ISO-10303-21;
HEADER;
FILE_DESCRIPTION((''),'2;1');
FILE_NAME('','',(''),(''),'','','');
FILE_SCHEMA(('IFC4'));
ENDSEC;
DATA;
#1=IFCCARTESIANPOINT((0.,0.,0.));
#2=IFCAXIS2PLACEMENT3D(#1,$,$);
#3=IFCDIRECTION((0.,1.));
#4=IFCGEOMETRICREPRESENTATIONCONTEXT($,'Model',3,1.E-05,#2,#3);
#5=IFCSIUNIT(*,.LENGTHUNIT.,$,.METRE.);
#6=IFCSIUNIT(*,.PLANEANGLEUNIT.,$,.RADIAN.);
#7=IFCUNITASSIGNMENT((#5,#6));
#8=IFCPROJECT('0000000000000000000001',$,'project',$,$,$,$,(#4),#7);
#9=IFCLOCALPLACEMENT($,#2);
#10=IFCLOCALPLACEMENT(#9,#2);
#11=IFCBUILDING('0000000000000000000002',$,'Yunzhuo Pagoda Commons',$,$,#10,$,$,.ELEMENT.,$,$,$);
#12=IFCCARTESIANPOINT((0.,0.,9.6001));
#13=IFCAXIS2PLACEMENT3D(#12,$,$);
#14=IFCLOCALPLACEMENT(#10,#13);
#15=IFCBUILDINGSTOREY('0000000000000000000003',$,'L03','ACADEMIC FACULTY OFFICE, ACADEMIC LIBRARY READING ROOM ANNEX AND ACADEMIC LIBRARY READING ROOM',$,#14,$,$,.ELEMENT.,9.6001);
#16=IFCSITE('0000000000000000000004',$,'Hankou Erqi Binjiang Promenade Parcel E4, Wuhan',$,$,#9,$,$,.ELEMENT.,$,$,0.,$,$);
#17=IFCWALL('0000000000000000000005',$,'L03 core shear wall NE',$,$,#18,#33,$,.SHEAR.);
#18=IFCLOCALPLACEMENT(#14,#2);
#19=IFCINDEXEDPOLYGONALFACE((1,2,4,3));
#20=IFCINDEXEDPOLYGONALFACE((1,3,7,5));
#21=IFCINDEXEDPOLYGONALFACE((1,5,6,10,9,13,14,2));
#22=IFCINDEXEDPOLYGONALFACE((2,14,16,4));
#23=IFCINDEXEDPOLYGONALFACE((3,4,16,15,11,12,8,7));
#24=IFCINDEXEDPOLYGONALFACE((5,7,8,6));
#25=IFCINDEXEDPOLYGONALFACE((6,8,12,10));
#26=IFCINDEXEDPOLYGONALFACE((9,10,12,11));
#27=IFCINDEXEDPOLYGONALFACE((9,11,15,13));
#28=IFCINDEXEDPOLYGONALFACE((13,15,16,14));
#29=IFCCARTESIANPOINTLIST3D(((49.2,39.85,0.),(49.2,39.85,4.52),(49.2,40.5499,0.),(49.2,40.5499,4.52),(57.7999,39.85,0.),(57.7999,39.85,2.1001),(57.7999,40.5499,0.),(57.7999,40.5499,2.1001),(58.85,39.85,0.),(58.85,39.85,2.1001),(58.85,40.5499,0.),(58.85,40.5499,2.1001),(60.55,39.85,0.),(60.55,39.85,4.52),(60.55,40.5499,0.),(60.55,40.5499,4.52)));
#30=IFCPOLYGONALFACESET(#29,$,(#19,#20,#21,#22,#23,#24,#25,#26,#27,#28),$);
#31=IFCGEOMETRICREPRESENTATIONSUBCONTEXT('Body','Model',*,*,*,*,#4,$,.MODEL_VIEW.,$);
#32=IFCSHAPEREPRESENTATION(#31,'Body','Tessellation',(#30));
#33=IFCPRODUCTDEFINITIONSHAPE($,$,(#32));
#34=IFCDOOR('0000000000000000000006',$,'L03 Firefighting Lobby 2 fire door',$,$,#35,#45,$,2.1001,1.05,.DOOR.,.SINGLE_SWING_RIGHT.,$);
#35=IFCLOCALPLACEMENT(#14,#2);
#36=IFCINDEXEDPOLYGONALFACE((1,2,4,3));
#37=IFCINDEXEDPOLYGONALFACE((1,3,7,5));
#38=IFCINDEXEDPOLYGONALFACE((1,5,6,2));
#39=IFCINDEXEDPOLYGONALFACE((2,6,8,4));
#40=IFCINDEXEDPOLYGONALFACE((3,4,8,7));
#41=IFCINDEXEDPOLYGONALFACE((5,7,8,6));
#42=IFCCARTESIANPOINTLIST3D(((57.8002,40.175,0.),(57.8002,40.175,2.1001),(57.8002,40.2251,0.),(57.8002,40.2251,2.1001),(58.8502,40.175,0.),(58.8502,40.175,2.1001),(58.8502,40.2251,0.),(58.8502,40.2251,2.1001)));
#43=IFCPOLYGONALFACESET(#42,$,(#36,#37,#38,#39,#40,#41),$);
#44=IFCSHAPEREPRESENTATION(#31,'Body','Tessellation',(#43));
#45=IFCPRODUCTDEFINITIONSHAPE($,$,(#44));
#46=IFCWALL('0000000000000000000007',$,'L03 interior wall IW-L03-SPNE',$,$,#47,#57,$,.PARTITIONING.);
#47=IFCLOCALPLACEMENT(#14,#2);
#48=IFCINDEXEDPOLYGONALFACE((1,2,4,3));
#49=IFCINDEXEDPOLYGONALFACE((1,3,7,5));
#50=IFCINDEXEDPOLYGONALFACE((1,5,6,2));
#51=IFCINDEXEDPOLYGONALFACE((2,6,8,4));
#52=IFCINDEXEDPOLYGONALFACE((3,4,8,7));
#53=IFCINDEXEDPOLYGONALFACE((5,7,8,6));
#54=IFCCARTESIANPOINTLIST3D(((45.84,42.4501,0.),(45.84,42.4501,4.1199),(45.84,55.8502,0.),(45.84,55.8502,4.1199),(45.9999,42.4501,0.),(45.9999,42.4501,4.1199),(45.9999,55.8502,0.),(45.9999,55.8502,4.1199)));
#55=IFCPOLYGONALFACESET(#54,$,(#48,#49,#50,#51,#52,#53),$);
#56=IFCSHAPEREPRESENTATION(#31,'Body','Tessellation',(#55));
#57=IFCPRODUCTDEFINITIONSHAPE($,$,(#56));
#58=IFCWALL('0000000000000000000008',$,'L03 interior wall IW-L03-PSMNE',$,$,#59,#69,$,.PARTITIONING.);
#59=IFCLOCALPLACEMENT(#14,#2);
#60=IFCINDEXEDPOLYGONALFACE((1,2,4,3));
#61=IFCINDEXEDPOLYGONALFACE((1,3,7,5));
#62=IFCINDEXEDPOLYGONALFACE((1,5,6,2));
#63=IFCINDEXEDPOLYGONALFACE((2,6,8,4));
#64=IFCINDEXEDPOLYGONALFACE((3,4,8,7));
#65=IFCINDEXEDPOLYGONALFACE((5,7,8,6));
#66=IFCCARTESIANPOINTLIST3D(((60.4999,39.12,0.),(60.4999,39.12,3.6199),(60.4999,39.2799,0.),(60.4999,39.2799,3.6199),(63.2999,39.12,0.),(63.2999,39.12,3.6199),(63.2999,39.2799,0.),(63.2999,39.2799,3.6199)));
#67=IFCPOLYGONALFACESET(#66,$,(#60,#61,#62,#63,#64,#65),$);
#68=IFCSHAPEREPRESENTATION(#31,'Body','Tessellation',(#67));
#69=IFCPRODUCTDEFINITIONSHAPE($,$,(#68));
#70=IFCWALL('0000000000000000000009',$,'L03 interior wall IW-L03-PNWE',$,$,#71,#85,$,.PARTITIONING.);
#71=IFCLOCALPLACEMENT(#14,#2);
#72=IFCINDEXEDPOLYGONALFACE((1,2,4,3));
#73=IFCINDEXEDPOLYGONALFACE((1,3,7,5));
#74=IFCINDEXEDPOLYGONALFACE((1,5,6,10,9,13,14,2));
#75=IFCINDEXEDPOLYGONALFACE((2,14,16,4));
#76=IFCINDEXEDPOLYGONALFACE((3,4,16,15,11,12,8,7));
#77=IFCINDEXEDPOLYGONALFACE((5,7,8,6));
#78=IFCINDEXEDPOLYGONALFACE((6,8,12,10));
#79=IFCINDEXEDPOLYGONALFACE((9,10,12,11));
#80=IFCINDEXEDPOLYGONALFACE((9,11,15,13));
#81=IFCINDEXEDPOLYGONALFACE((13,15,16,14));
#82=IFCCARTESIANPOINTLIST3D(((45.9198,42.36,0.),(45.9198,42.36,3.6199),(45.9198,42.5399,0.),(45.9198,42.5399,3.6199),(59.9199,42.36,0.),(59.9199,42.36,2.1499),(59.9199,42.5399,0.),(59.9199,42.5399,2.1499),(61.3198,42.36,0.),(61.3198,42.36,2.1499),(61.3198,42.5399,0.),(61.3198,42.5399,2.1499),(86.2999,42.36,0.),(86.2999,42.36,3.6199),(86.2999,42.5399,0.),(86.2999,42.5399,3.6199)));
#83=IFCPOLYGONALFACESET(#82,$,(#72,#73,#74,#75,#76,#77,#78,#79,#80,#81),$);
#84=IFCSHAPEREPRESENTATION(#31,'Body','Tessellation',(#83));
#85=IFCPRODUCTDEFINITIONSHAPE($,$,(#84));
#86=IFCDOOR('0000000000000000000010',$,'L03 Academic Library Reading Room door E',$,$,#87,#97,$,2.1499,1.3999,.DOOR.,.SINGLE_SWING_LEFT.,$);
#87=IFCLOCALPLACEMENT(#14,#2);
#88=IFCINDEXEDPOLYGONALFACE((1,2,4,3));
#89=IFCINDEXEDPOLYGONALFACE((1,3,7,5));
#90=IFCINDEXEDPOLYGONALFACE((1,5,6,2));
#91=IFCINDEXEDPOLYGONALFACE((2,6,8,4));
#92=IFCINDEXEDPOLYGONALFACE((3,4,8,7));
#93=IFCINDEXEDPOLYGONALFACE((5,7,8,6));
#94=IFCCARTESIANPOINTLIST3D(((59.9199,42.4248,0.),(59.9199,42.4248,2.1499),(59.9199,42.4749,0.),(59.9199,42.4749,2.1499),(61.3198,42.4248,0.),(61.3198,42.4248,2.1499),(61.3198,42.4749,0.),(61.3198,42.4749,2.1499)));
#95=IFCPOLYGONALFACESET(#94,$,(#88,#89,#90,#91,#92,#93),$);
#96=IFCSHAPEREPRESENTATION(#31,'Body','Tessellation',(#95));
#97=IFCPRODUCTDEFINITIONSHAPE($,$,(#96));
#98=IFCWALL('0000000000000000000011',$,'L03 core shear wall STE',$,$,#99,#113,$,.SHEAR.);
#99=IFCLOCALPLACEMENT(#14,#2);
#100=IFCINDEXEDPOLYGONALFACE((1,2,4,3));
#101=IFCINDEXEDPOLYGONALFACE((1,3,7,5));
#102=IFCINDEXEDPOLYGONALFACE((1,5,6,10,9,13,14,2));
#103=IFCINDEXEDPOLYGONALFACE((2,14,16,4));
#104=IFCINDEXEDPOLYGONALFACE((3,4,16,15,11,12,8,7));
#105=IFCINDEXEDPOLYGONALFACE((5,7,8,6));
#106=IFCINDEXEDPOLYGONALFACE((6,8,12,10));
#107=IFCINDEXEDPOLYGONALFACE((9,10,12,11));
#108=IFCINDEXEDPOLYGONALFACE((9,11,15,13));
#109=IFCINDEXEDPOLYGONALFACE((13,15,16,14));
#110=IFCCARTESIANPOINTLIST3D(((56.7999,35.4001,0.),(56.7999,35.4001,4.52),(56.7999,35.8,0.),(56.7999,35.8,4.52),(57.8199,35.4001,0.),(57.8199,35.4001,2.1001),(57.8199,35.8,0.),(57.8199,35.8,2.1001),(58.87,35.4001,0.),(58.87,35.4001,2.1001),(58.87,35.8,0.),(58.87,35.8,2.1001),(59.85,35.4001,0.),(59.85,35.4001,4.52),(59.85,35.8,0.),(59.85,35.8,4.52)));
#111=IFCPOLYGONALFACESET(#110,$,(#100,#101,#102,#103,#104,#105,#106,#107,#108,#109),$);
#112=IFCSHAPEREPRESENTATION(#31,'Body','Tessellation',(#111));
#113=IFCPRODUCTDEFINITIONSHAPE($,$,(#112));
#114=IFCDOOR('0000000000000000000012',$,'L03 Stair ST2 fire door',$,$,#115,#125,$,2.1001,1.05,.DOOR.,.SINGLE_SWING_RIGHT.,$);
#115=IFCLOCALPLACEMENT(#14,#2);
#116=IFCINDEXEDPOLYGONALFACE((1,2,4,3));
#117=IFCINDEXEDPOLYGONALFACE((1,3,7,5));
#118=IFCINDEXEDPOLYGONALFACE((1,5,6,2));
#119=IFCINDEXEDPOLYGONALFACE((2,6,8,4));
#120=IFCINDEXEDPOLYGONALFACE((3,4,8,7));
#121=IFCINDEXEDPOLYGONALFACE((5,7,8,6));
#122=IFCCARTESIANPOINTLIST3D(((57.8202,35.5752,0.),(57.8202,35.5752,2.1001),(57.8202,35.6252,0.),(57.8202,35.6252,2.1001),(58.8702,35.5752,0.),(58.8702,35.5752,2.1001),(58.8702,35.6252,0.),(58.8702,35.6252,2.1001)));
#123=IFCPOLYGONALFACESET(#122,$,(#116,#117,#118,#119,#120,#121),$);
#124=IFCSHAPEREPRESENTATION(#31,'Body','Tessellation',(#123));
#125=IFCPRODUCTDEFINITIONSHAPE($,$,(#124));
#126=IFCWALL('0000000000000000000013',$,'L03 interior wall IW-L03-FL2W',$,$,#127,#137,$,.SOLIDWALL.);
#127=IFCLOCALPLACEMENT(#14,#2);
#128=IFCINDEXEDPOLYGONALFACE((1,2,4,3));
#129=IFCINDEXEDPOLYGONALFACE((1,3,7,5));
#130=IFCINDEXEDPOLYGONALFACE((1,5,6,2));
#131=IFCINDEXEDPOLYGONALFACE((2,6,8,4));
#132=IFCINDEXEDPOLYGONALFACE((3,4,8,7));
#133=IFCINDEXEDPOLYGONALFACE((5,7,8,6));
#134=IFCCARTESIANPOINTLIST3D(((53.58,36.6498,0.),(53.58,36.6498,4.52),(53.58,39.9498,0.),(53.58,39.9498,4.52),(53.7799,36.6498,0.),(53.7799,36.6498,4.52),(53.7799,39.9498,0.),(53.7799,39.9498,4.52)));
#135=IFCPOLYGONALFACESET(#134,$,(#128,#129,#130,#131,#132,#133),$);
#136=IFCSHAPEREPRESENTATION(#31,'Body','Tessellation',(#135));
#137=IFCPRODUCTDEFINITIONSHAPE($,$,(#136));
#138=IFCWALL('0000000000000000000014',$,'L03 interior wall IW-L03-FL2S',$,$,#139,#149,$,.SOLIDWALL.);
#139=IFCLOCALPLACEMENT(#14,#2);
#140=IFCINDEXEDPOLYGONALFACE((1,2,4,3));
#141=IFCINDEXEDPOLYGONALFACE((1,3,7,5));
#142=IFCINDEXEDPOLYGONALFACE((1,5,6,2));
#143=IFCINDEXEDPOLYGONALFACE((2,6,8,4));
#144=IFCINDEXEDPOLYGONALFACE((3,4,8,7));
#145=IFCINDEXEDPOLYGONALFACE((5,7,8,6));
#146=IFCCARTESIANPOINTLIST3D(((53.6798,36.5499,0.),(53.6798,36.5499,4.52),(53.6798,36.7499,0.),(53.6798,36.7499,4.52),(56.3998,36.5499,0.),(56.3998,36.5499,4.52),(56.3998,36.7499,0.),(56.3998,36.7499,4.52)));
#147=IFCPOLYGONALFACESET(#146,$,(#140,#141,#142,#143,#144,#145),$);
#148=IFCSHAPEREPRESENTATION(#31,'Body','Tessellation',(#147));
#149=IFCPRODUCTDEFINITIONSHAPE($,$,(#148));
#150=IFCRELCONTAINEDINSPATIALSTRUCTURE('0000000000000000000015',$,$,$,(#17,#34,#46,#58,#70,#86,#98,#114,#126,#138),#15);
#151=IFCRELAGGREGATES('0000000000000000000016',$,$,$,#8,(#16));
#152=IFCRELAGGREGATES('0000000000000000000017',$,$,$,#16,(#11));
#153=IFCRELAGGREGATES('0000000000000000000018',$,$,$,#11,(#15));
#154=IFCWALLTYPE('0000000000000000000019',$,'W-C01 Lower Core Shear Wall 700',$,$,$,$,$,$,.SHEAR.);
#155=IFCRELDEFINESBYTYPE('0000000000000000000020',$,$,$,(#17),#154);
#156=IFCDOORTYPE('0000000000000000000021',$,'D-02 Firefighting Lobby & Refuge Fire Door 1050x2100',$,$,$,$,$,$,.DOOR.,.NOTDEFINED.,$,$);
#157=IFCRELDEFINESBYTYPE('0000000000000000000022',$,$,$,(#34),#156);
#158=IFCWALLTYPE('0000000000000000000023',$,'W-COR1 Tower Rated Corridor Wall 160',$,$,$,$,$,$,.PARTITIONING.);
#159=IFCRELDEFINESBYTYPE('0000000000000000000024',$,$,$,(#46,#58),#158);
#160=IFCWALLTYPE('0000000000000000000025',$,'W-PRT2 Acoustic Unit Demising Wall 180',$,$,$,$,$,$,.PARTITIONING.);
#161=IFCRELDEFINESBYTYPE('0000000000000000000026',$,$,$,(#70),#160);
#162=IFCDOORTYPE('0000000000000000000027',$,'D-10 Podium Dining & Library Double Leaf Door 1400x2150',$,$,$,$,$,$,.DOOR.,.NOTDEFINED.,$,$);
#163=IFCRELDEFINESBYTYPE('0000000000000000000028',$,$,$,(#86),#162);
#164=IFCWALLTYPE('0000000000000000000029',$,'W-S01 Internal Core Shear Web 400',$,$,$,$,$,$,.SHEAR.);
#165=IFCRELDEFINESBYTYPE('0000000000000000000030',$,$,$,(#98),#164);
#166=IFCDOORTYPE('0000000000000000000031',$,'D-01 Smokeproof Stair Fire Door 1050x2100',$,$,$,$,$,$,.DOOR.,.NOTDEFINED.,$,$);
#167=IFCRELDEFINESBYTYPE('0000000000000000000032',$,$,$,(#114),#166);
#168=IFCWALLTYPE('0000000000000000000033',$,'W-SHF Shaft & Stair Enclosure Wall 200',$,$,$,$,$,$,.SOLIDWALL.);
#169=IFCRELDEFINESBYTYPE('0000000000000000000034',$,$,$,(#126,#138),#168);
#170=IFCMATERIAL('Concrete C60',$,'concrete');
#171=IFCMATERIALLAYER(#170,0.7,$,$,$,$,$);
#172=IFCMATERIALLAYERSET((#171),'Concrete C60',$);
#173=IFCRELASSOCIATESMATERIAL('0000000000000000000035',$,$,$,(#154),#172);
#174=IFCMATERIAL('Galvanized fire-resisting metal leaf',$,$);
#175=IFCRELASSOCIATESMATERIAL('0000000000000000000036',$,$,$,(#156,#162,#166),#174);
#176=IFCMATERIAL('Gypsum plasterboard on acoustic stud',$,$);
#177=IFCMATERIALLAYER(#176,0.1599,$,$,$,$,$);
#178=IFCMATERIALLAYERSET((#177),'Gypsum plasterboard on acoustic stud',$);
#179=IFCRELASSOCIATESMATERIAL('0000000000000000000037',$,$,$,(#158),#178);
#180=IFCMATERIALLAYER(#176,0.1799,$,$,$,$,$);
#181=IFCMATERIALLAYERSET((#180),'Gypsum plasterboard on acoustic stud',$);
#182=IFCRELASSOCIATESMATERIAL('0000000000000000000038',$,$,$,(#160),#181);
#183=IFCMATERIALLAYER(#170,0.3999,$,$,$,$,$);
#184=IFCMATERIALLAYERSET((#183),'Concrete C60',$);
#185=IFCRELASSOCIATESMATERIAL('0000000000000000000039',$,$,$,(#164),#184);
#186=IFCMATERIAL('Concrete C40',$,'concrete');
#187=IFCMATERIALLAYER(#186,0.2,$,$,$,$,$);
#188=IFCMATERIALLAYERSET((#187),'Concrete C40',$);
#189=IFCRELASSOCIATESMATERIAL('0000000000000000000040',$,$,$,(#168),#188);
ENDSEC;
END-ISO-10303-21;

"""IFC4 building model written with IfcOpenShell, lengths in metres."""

from ifc_helpers import new_model, si_unit, direction, frame, frame_2d, origin, origin_with_axes, place, context, subcontext, project, spatial, rectangle, extrude, source, transform, mapped, material, layer, layer_set, type_object, element, fill, save


model = new_model("IFC4")

# Units and contexts
model_context = context("Model", 3, precision=1e-05, world=origin(), true_north=direction((0.0, 1.0)))
body_context = subcontext(model_context, "Body", "Model", "MODEL_VIEW")
ifc_project = project(units=[si_unit("LENGTHUNIT", "METRE"), si_unit("PLANEANGLEUNIT", "RADIAN")], contexts=[model_context])

# Site, building, storey
site_placement = place(None, origin())
site = spatial("IfcSite", under=ifc_project, at=site_placement, Name="Hankou Erqi Binjiang Promenade Parcel E4, Wuhan", CompositionType="ELEMENT", RefElevation=0.0)
building_placement = place(site_placement, origin())
building = spatial("IfcBuilding", under=site, at=building_placement, Name="Yunzhuo Pagoda Commons", CompositionType="ELEMENT")
storey_placement = place(building_placement, frame((0.0, 0.0, 9.6001)))
storey = spatial("IfcBuildingStorey", under=building, at=storey_placement, Name="L03", Description="ACADEMIC FACULTY OFFICE, ACADEMIC LIBRARY READING ROOM ANNEX AND ACADEMIC LIBRARY READING ROOM", CompositionType="ELEMENT", Elevation=9.6001)

# Wall, opening, door
ifc_material_1 = material(Name="Concrete C60", Category="concrete")
ifc_layer_1 = layer(ifc_material_1, 0.7)
ifc_layer_set_1 = layer_set([ifc_layer_1], Name="Concrete C60")
wall_type_1 = type_object("IfcWallType", Name="W-C01 Lower Core Shear Wall 700", PredefinedType="SHEAR", material=ifc_layer_set_1)
wall_1_placement = place(storey_placement, frame((49.2, 40.2, 0.0), z_axis=(0.0, 0.0, 1.0), x_axis=(1.0, 0.0, 0.0)))
wall_1 = element("IfcWall", 1, at=wall_1_placement, inside=storey, type_object=wall_type_1, Name="L03 core shear wall NE", PredefinedType="SHEAR", context=body_context, shape_type="SweptSolid", body=[
    extrude(rectangle(XDim=11.3501, YDim=0.7, at=frame_2d((5.675, 0.0))), origin(), (0.0, 0.0, 1.0), 4.52),
])
opening_1_placement = place(wall_1_placement, frame((8.6001, 0.0, 0.0)))
opening_1 = element("IfcOpeningElement", 2, at=opening_1_placement, cuts=wall_1, PredefinedType="OPENING", context=body_context, shape_type="SweptSolid", body=[
    extrude(rectangle(XDim=1.05, YDim=2.1001, at=frame_2d((0.5249, 1.05))), frame((0.0, 0.3599, 0.0), z_axis=(0.0, -1.0, 0.0), x_axis=(1.0, 0.0, 0.0)), (0.0, 0.0, 1.0), 0.72),
])
ifc_material_2 = material(Name="Galvanized fire-resisting metal leaf")
door_type_1 = type_object("IfcDoorType", Name="D-02 Firefighting Lobby & Refuge Fire Door 1050x2100", OperationType="NOTDEFINED", PredefinedType="DOOR", material=ifc_material_2)
shared_shape_1 = source(origin(), body_context, "Body", "SweptSolid", [
    extrude(rectangle(XDim=1.05, YDim=2.1001, at=frame_2d((0.5249, 1.05))), frame((0.0, 0.0249, 0.0), z_axis=(0.0, -1.0, 0.0), x_axis=(1.0, 0.0, 0.0)), (0.0, 0.0, 1.0), 0.05),
])
door_1_placement = place(opening_1_placement, frame((1.05, 0.0, 0.0), z_axis=(0.0, 0.0, 1.0), x_axis=(-1.0, 0.0, 0.0)))
door_1 = element("IfcDoor", 3, at=door_1_placement, inside=storey, type_object=door_type_1, Name="L03 Firefighting Lobby 2 fire door", OperationType="SINGLE_SWING_RIGHT", OverallHeight=2.1001, OverallWidth=1.05, PredefinedType="DOOR", context=body_context, shape_type="MappedRepresentation", body=[
    mapped(shared_shape_1, transform((0.0, 0.0, 0.0), scale=1.0)),
])
fill(opening_1, door_1)

# Walls
ifc_material_3 = material(Name="Gypsum plasterboard on acoustic stud")
ifc_layer_2 = layer(ifc_material_3, 0.1599)
ifc_layer_set_2 = layer_set([ifc_layer_2], Name="Gypsum plasterboard on acoustic stud")
wall_type_2 = type_object("IfcWallType", Name="W-COR1 Tower Rated Corridor Wall 160", PredefinedType="PARTITIONING", material=ifc_layer_set_2)
wall_2_placement = place(storey_placement, frame((45.9199, 42.45, 0.0), z_axis=(0.0, 0.0, 1.0), x_axis=(0.0, 1.0, 0.0)))
element("IfcWall", 4, at=wall_2_placement, inside=storey, type_object=wall_type_2, Name="L03 interior wall IW-L03-SPNE", PredefinedType="PARTITIONING", context=body_context, shape_type="SweptSolid", body=[
    extrude(rectangle(XDim=13.4001, YDim=0.1599, at=frame_2d((6.7002, 0.0))), origin(), (0.0, 0.0, 1.0), 4.1199),
])
wall_3_placement = place(storey_placement, frame((60.5, 39.2, 0.0), z_axis=(0.0, 0.0, 1.0), x_axis=(1.0, 0.0, 0.0)))
element("IfcWall", 5, at=wall_3_placement, inside=storey, type_object=wall_type_2, Name="L03 interior wall IW-L03-PSMNE", PredefinedType="PARTITIONING", context=body_context, shape_type="SweptSolid", body=[
    extrude(rectangle(XDim=2.8, YDim=0.1599, at=frame_2d((1.3999, 0.0))), origin(), (0.0, 0.0, 1.0), 3.6199),
])

# Walls, openings, doors
ifc_layer_3 = layer(ifc_material_3, 0.1799)
ifc_layer_set_3 = layer_set([ifc_layer_3], Name="Gypsum plasterboard on acoustic stud")
wall_type_3 = type_object("IfcWallType", Name="W-PRT2 Acoustic Unit Demising Wall 180", PredefinedType="PARTITIONING", material=ifc_layer_set_3)
wall_4_placement = place(storey_placement, frame((45.9199, 42.45, 0.0), z_axis=(0.0, 0.0, 1.0), x_axis=(1.0, 0.0, 0.0)))
wall_4 = element("IfcWall", 6, at=wall_4_placement, inside=storey, type_object=wall_type_3, Name="L03 interior wall IW-L03-PNWE", PredefinedType="PARTITIONING", context=body_context, shape_type="SweptSolid", body=[
    extrude(rectangle(XDim=40.3801, YDim=0.1799, at=frame_2d((20.1899, 0.0))), origin(), (0.0, 0.0, 1.0), 3.6199),
])
opening_2_placement = place(wall_4_placement, frame((14.0, 0.0, 0.0)))
opening_2 = element("IfcOpeningElement", 7, at=opening_2_placement, cuts=wall_4, PredefinedType="OPENING", context=body_context, shape_type="SweptSolid", body=[
    extrude(rectangle(XDim=1.3999, YDim=2.1499, at=frame_2d((0.7, 1.075))), frame((0.0, 0.1001, 0.0), z_axis=(0.0, -1.0, 0.0), x_axis=(1.0, 0.0, 0.0)), (0.0, 0.0, 1.0), 0.2),
])
door_type_2 = type_object("IfcDoorType", Name="D-10 Podium Dining & Library Double Leaf Door 1400x2150", OperationType="NOTDEFINED", PredefinedType="DOOR", material=ifc_material_2)
shared_shape_2 = source(origin(), body_context, "Body", "SweptSolid", [
    extrude(rectangle(XDim=1.3999, YDim=2.1499, at=frame_2d((0.7, 1.075))), frame((0.0, 0.0249, 0.0), z_axis=(0.0, -1.0, 0.0), x_axis=(1.0, 0.0, 0.0)), (0.0, 0.0, 1.0), 0.05),
])
door_2_placement = place(opening_2_placement, origin_with_axes())
door_2 = element("IfcDoor", 8, at=door_2_placement, inside=storey, type_object=door_type_2, Name="L03 Academic Library Reading Room door E", OperationType="SINGLE_SWING_LEFT", OverallHeight=2.1499, OverallWidth=1.3999, PredefinedType="DOOR", context=body_context, shape_type="MappedRepresentation", body=[
    mapped(shared_shape_2, transform((0.0, 0.0, 0.0), scale=1.0)),
])
fill(opening_2, door_2)
ifc_layer_4 = layer(ifc_material_1, 0.3999)
ifc_layer_set_4 = layer_set([ifc_layer_4], Name="Concrete C60")
wall_type_4 = type_object("IfcWallType", Name="W-S01 Internal Core Shear Web 400", PredefinedType="SHEAR", material=ifc_layer_set_4)
wall_5_placement = place(storey_placement, frame((56.8, 35.6001, 0.0), z_axis=(0.0, 0.0, 1.0), x_axis=(1.0, 0.0, 0.0)))
wall_5 = element("IfcWall", 9, at=wall_5_placement, inside=storey, type_object=wall_type_4, Name="L03 core shear wall STE", PredefinedType="SHEAR", context=body_context, shape_type="SweptSolid", body=[
    extrude(rectangle(XDim=3.05, YDim=0.3999, at=frame_2d((1.5249, 0.0))), origin(), (0.0, 0.0, 1.0), 4.52),
])
opening_3_placement = place(wall_5_placement, frame((1.02, 0.0, 0.0)))
opening_3 = element("IfcOpeningElement", 10, at=opening_3_placement, cuts=wall_5, PredefinedType="OPENING", context=body_context, shape_type="SweptSolid", body=[
    extrude(rectangle(XDim=1.05, YDim=2.1001, at=frame_2d((0.5249, 1.05))), frame((0.0, 0.21, 0.0), z_axis=(0.0, -1.0, 0.0), x_axis=(1.0, 0.0, 0.0)), (0.0, 0.0, 1.0), 0.4199),
])
door_type_3 = type_object("IfcDoorType", Name="D-01 Smokeproof Stair Fire Door 1050x2100", OperationType="NOTDEFINED", PredefinedType="DOOR", material=ifc_material_2)
door_3_placement = place(opening_3_placement, frame((1.05, 0.0, 0.0), z_axis=(0.0, 0.0, 1.0), x_axis=(-1.0, 0.0, 0.0)))
door_3 = element("IfcDoor", 11, at=door_3_placement, inside=storey, type_object=door_type_3, Name="L03 Stair ST2 fire door", OperationType="SINGLE_SWING_RIGHT", OverallHeight=2.1001, OverallWidth=1.05, PredefinedType="DOOR", context=body_context, shape_type="MappedRepresentation", body=[
    mapped(shared_shape_1, transform((0.0, 0.0, 0.0), scale=1.0)),
])
fill(opening_3, door_3)

# Walls
ifc_material_4 = material(Name="Concrete C40", Category="concrete")
ifc_layer_5 = layer(ifc_material_4, 0.2)
ifc_layer_set_5 = layer_set([ifc_layer_5], Name="Concrete C40")
wall_type_5 = type_object("IfcWallType", Name="W-SHF Shaft & Stair Enclosure Wall 200", PredefinedType="SOLIDWALL", material=ifc_layer_set_5)
wall_6_placement = place(storey_placement, frame((53.6799, 36.6499, 0.0), z_axis=(0.0, 0.0, 1.0), x_axis=(0.0, 1.0, 0.0)))
element("IfcWall", 12, at=wall_6_placement, inside=storey, type_object=wall_type_5, Name="L03 interior wall IW-L03-FL2W", PredefinedType="SOLIDWALL", context=body_context, shape_type="SweptSolid", body=[
    extrude(rectangle(XDim=3.3, YDim=0.2, at=frame_2d((1.6499, 0.0))), origin(), (0.0, 0.0, 1.0), 4.52),
])
wall_7_placement = place(storey_placement, frame((53.6799, 36.6499, 0.0), z_axis=(0.0, 0.0, 1.0), x_axis=(1.0, 0.0, 0.0)))
element("IfcWall", 13, at=wall_7_placement, inside=storey, type_object=wall_type_5, Name="L03 interior wall IW-L03-FL2S", PredefinedType="SOLIDWALL", context=body_context, shape_type="SweptSolid", body=[
    extrude(rectangle(XDim=2.72, YDim=0.2, at=frame_2d((1.3599, 0.0))), origin(), (0.0, 0.0, 1.0), 4.52),
])

save(model, "model.ifc")
